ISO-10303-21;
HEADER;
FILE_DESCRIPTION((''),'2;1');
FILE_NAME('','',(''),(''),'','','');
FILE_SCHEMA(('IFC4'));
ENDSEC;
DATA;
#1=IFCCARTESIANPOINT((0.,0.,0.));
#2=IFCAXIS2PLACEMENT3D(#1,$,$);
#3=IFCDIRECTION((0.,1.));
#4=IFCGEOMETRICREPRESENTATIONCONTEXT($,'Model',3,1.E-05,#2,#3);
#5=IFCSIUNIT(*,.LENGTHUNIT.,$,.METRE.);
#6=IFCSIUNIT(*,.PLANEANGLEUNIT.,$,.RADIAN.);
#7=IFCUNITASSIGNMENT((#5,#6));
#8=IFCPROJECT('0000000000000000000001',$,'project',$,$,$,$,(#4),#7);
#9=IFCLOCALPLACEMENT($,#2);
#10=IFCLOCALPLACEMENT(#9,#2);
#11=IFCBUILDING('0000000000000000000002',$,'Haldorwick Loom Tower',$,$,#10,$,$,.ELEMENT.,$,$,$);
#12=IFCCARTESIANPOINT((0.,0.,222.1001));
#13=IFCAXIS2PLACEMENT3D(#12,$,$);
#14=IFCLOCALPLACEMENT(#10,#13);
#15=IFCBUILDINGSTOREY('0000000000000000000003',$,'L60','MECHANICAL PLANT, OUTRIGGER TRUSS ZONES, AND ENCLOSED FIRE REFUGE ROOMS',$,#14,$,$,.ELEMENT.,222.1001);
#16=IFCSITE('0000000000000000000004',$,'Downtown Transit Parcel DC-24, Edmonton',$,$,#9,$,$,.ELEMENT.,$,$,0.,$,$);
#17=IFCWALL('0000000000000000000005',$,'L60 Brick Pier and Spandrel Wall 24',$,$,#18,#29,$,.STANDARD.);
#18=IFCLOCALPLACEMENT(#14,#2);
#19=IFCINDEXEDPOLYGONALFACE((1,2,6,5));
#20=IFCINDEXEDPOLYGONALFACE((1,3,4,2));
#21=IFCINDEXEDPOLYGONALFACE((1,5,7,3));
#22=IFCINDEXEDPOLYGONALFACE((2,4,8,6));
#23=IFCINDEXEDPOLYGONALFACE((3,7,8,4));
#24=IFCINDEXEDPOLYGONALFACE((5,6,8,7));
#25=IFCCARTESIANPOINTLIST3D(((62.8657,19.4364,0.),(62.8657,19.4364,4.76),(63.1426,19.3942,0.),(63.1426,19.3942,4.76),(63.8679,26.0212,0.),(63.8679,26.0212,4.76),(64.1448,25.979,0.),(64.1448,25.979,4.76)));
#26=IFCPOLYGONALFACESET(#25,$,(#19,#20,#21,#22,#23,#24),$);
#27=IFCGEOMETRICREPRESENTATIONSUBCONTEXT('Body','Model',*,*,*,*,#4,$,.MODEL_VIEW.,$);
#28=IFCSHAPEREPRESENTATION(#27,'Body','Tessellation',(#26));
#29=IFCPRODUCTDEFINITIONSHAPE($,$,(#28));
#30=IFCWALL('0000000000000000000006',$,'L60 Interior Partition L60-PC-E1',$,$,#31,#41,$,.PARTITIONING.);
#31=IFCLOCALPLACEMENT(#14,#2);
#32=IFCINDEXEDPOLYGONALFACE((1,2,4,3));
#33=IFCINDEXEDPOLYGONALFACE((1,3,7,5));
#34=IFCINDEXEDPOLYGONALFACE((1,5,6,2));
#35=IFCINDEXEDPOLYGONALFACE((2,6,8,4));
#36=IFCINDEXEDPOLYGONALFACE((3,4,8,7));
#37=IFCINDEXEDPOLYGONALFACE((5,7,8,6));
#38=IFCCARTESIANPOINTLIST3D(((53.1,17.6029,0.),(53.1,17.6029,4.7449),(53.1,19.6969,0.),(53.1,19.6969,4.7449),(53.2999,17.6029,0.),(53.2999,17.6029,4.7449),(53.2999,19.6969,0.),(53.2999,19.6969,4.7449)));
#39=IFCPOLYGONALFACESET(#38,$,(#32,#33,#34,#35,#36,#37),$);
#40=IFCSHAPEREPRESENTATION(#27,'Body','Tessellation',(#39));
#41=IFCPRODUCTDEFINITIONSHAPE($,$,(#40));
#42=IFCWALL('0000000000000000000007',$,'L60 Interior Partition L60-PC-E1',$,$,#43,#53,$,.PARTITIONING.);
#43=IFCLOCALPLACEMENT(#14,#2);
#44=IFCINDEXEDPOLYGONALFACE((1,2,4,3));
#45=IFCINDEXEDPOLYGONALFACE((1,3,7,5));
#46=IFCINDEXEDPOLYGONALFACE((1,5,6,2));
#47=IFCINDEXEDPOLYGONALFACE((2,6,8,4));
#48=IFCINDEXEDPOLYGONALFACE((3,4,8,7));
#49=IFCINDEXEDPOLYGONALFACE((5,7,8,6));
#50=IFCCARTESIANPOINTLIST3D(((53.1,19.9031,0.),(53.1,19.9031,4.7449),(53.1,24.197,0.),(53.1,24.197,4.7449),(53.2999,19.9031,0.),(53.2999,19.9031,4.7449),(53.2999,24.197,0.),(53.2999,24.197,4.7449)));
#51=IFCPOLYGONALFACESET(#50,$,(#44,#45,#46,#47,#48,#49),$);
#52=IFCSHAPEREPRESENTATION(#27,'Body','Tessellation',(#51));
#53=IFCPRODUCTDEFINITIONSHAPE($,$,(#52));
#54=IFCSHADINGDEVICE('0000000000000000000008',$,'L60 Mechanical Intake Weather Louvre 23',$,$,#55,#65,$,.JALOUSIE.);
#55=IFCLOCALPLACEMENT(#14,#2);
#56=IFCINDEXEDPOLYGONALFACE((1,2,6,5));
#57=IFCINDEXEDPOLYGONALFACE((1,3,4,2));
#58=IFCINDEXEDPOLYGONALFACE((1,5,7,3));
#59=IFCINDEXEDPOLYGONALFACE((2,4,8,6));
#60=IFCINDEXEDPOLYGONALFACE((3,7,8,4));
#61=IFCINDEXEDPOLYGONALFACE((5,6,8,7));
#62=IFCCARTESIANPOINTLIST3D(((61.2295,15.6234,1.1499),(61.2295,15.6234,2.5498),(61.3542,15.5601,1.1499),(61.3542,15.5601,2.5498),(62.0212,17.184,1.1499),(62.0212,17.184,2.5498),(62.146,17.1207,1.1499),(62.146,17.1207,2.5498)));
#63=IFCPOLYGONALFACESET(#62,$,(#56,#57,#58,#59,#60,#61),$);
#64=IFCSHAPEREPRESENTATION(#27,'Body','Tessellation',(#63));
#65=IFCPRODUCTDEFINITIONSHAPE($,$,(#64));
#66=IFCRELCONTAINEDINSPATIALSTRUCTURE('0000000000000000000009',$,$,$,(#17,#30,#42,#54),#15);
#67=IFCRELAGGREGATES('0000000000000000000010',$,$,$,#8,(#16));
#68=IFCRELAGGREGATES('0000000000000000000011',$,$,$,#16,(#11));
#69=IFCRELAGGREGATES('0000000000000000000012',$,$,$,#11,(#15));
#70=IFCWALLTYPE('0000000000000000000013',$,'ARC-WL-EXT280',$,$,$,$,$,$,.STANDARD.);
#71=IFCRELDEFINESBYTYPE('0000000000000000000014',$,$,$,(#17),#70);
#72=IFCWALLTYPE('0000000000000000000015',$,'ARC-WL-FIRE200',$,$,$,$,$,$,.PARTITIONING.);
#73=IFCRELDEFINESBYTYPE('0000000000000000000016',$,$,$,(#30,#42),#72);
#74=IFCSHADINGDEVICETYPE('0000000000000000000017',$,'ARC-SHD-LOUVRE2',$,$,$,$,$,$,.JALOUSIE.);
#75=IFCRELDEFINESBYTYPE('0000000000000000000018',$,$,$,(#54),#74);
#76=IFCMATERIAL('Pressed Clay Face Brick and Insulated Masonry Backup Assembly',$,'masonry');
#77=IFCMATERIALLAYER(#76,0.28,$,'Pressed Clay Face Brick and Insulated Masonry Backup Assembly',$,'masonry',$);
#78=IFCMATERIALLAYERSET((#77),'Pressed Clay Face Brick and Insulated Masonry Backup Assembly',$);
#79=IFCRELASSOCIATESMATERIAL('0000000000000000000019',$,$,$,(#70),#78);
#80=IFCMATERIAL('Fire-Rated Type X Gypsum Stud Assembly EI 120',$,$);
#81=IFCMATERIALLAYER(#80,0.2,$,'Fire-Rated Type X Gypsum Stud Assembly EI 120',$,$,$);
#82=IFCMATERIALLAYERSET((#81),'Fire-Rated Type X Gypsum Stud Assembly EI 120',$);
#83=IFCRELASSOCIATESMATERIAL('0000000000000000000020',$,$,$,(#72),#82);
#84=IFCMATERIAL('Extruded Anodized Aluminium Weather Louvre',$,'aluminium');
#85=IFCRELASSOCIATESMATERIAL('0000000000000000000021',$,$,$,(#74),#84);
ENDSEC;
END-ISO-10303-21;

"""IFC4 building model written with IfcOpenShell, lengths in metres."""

from ifc_helpers import new_model, si_unit, direction, frame, frame_2d, origin, origin_2d, place, context, subcontext, project, spatial, rectangle, extrude, material, layer, layer_set, type_object, element, save


model = new_model("IFC4")

# Units and contexts
model_context = context("Model", 3, precision=1e-05, world=origin(), true_north=direction((0.0, 1.0)))
body_context = subcontext(model_context, "Body", "Model", "MODEL_VIEW")
ifc_project = project(units=[si_unit("LENGTHUNIT", "METRE"), si_unit("PLANEANGLEUNIT", "RADIAN")], contexts=[model_context])

# Site, building, storey
site_placement = place(None, origin())
site = spatial("IfcSite", under=ifc_project, at=site_placement, Name="Downtown Transit Parcel DC-24, Edmonton", CompositionType="ELEMENT", RefElevation=0.0)
building_placement = place(site_placement, origin())
building = spatial("IfcBuilding", under=site, at=building_placement, Name="Haldorwick Loom Tower", CompositionType="ELEMENT")
storey_placement = place(building_placement, frame((0.0, 0.0, 222.1001)))
storey = spatial("IfcBuildingStorey", under=building, at=storey_placement, Name="L60", Description="MECHANICAL PLANT, OUTRIGGER TRUSS ZONES, AND ENCLOSED FIRE REFUGE ROOMS", CompositionType="ELEMENT", Elevation=222.1001)

# Walls
ifc_material_1 = material(Name="Pressed Clay Face Brick and Insulated Masonry Backup Assembly", Category="masonry")
ifc_layer_1 = layer(ifc_material_1, 0.28, Name="Pressed Clay Face Brick and Insulated Masonry Backup Assembly", Category="masonry")
ifc_layer_set_1 = layer_set([ifc_layer_1], Name="Pressed Clay Face Brick and Insulated Masonry Backup Assembly")
wall_type_1 = type_object("IfcWallType", Name="ARC-WL-EXT280", PredefinedType="STANDARD", material=ifc_layer_set_1)
wall_1_placement = place(storey_placement, frame((63.0042, 19.4153, 0.0), z_axis=(0.0, 0.0, 1.0), x_axis=(0.150468, 0.988615, 0.0)))
element("IfcWall", 1, at=wall_1_placement, inside=storey, type_object=wall_type_1, Name="L60 Brick Pier and Spandrel Wall 24", PredefinedType="STANDARD", context=body_context, shape_type="SweptSolid", body=[
    extrude(rectangle(XDim=6.6606, YDim=0.28, at=frame_2d((3.3303, 0.0))), origin(), (0.0, 0.0, 1.0), 4.76),
])
ifc_material_2 = material(Name="Fire-Rated Type X Gypsum Stud Assembly EI 120")
ifc_layer_2 = layer(ifc_material_2, 0.2, Name="Fire-Rated Type X Gypsum Stud Assembly EI 120")
ifc_layer_set_2 = layer_set([ifc_layer_2], Name="Fire-Rated Type X Gypsum Stud Assembly EI 120")
wall_type_2 = type_object("IfcWallType", Name="ARC-WL-FIRE200", PredefinedType="PARTITIONING", material=ifc_layer_set_2)
wall_2_placement = place(storey_placement, frame((53.2, 17.603, 0.0), z_axis=(0.0, 0.0, 1.0), x_axis=(0.0, 1.0, 0.0)))
element("IfcWall", 2, at=wall_2_placement, inside=storey, type_object=wall_type_2, Name="L60 Interior Partition L60-PC-E1", PredefinedType="PARTITIONING", context=body_context, shape_type="SweptSolid", body=[
    extrude(rectangle(XDim=2.094, YDim=0.2, at=frame_2d((1.0469, 0.0))), origin(), (0.0, 0.0, 1.0), 4.7449),
])
wall_3_placement = place(storey_placement, frame((53.2, 19.9031, 0.0), z_axis=(0.0, 0.0, 1.0), x_axis=(0.0, 1.0, 0.0)))
element("IfcWall", 3, at=wall_3_placement, inside=storey, type_object=wall_type_2, Name="L60 Interior Partition L60-PC-E1", PredefinedType="PARTITIONING", context=body_context, shape_type="SweptSolid", body=[
    extrude(rectangle(XDim=4.2939, YDim=0.2, at=frame_2d((2.147, 0.0))), origin(), (0.0, 0.0, 1.0), 4.7449),
])

# Shading device
ifc_material_3 = material(Name="Extruded Anodized Aluminium Weather Louvre", Category="aluminium")
shading_device_type = type_object("IfcShadingDeviceType", Name="ARC-SHD-LOUVRE2", PredefinedType="JALOUSIE", material=ifc_material_3)
shading_device_placement = place(storey_placement, frame((61.6877, 16.3721, 1.1499), z_axis=(0.0, 0.0, 1.0), x_axis=(0.452435, 0.891798, 0.0)))
element("IfcShadingDevice", 4, at=shading_device_placement, inside=storey, type_object=shading_device_type, Name="L60 Mechanical Intake Weather Louvre 23", PredefinedType="JALOUSIE", context=body_context, shape_type="SweptSolid", body=[
    extrude(rectangle(XDim=1.75, YDim=0.1399, at=origin_2d()), origin(), (0.0, 0.0, 1.0), 1.3999),
])

save(model, "model.ifc")
